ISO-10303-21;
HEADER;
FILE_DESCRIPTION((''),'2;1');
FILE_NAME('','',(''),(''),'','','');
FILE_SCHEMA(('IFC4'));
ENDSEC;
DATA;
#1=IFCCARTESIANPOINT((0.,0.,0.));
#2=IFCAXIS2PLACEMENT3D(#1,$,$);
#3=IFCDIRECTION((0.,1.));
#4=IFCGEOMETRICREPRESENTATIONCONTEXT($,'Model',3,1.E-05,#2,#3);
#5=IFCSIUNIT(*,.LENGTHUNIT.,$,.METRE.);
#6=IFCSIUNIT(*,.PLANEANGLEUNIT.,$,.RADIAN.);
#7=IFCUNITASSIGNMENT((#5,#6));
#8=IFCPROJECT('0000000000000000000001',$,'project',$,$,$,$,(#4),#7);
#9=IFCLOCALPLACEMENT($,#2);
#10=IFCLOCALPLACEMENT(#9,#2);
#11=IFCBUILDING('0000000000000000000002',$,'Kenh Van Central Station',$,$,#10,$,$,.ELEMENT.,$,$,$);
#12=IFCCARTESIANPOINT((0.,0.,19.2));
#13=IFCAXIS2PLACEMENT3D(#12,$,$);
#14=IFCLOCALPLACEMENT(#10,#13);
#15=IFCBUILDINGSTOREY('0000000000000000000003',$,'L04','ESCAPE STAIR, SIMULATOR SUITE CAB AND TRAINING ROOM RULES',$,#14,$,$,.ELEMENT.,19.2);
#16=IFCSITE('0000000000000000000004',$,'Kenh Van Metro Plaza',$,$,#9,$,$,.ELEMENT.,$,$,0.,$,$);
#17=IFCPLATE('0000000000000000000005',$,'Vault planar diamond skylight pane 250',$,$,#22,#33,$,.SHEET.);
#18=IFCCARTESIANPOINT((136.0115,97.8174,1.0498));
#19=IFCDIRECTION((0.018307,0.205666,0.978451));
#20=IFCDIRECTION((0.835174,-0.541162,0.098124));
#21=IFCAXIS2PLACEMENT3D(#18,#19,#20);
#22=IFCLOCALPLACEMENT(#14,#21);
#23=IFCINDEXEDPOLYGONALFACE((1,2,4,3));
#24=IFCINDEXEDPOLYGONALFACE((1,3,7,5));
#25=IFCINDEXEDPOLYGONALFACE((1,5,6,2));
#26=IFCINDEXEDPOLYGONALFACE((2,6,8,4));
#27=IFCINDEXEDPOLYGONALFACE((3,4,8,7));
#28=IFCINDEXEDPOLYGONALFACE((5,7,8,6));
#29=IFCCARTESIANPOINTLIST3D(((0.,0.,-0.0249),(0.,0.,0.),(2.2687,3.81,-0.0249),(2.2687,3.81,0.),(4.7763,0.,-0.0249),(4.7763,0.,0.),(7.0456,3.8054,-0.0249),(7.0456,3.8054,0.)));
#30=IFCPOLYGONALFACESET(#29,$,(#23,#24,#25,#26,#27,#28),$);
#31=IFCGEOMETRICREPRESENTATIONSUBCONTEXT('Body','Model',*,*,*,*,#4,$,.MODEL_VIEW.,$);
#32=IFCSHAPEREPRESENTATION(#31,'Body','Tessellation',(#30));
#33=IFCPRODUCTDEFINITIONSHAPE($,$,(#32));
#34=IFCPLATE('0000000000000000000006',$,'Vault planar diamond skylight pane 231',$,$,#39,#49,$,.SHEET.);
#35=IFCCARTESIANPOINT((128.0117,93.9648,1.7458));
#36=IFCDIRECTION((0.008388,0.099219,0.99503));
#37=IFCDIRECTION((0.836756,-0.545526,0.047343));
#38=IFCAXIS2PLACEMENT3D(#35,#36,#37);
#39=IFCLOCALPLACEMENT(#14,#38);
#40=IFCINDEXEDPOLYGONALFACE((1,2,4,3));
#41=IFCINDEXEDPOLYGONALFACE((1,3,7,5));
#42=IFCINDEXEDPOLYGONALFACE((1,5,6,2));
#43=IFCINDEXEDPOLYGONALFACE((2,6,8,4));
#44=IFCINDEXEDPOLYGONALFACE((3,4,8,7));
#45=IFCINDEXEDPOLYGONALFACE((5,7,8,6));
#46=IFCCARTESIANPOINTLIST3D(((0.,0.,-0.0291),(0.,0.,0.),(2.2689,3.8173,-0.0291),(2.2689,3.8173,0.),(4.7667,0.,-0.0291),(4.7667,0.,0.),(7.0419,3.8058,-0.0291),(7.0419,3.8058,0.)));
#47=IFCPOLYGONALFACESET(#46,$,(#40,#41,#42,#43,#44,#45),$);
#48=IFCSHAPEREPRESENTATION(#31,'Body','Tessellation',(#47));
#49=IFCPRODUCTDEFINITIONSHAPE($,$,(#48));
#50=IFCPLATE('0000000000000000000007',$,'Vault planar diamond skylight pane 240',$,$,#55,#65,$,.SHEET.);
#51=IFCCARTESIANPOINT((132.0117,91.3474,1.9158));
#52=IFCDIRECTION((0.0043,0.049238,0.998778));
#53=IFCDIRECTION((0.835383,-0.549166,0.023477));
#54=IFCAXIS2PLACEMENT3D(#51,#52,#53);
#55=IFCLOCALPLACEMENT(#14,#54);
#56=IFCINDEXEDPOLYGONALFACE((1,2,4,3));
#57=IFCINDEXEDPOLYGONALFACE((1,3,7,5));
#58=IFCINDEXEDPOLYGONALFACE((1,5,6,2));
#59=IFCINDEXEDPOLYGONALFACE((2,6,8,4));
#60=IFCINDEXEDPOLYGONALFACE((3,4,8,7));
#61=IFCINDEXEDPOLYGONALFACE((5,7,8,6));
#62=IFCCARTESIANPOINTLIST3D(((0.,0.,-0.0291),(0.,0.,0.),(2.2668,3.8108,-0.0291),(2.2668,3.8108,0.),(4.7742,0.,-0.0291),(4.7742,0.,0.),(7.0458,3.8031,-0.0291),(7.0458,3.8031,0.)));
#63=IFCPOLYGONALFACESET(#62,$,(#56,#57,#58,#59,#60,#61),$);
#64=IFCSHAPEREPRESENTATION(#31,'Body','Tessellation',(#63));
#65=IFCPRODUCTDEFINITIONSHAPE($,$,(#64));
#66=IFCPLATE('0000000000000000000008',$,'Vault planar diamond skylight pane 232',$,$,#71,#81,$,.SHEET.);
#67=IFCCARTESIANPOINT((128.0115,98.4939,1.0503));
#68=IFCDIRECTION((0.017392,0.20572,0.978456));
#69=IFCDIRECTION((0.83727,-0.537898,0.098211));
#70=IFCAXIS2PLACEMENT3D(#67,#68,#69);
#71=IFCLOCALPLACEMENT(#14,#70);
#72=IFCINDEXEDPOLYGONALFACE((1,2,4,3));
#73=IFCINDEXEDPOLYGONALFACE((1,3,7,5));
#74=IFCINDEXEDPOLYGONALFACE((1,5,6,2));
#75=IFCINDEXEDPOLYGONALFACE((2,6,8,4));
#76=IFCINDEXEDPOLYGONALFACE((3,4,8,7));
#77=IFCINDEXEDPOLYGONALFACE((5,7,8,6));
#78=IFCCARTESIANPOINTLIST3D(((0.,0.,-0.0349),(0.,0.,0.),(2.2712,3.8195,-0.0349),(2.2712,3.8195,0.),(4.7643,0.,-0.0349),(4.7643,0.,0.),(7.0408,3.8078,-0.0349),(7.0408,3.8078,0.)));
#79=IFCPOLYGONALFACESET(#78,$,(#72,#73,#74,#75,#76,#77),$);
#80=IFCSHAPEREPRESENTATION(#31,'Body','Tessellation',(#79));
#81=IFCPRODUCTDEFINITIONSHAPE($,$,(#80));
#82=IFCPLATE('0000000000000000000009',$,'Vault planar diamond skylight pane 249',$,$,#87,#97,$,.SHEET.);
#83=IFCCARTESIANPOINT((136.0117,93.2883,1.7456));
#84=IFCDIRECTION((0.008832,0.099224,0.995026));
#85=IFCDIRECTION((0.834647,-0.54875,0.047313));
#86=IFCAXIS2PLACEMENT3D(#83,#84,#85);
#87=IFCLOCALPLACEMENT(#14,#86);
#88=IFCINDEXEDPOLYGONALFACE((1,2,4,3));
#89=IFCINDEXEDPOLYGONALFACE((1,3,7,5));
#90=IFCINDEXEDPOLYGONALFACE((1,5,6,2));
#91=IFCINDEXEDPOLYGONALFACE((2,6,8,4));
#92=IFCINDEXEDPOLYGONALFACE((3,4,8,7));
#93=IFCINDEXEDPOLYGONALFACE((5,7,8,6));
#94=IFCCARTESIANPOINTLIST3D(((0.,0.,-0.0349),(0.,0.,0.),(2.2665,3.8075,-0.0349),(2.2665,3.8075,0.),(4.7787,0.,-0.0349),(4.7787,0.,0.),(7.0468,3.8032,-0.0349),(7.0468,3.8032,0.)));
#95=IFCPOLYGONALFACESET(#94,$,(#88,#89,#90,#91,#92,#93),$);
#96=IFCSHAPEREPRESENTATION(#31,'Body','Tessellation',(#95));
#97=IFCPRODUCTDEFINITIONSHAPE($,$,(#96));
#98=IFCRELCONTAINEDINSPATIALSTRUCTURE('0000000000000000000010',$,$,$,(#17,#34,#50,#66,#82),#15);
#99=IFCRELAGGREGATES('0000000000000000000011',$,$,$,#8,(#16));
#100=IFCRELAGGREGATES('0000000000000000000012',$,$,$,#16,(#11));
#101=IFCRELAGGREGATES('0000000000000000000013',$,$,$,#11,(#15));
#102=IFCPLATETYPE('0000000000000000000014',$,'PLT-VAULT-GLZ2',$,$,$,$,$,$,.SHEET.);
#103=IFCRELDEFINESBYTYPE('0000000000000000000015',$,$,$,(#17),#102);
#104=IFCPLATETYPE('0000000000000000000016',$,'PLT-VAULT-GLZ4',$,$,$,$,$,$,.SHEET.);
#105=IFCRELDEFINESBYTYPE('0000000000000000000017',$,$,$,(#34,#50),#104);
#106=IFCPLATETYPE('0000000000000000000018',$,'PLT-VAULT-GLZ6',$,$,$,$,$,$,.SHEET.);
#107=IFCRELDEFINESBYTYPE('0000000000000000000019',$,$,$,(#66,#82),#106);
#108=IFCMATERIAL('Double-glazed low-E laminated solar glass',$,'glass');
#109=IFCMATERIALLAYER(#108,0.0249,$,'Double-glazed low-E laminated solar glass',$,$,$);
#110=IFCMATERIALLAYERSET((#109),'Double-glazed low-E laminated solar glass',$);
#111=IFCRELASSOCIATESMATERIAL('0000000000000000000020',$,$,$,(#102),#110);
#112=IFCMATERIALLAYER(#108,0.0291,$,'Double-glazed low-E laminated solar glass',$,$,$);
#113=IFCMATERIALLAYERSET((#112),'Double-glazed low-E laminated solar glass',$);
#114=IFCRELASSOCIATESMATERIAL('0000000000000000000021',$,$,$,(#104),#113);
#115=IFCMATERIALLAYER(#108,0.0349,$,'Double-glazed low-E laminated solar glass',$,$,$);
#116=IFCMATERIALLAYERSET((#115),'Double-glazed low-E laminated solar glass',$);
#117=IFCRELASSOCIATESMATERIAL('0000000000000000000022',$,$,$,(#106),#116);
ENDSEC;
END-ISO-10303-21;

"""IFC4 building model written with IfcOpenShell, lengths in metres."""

from ifc_helpers import new_model, si_unit, direction, frame, origin, place, context, subcontext, project, spatial, polyline, outline, extrude, material, layer, layer_set, type_object, element, save


model = new_model("IFC4")

# Units and contexts
model_context = context("Model", 3, precision=1e-05, world=origin(), true_north=direction((0.0, 1.0)))
body_context = subcontext(model_context, "Body", "Model", "MODEL_VIEW")
ifc_project = project(units=[si_unit("LENGTHUNIT", "METRE"), si_unit("PLANEANGLEUNIT", "RADIAN")], contexts=[model_context])

# Site, building, storey
site_placement = place(None, origin())
site = spatial("IfcSite", under=ifc_project, at=site_placement, Name="Kenh Van Metro Plaza", CompositionType="ELEMENT", RefElevation=0.0)
building_placement = place(site_placement, origin())
building = spatial("IfcBuilding", under=site, at=building_placement, Name="Kenh Van Central Station", CompositionType="ELEMENT")
storey_placement = place(building_placement, frame((0.0, 0.0, 19.2)))
storey = spatial("IfcBuildingStorey", under=building, at=storey_placement, Name="L04", Description="ESCAPE STAIR, SIMULATOR SUITE CAB AND TRAINING ROOM RULES", CompositionType="ELEMENT", Elevation=19.2)

# Plates
ifc_material_1 = material(Name="Double-glazed low-E laminated solar glass", Category="glass")
ifc_layer_1 = layer(ifc_material_1, 0.0249, Name="Double-glazed low-E laminated solar glass")
ifc_layer_set_1 = layer_set([ifc_layer_1], Name="Double-glazed low-E laminated solar glass")
plate_type_1 = type_object("IfcPlateType", Name="PLT-VAULT-GLZ2", PredefinedType="SHEET", material=ifc_layer_set_1)
plate_1_placement = place(storey_placement, frame((136.0115, 97.8174, 1.0498), z_axis=(0.018307, 0.205666, 0.978451), x_axis=(0.835174, -0.541162, 0.098124)))
element("IfcPlate", 1, at=plate_1_placement, inside=storey, type_object=plate_type_1, Name="Vault planar diamond skylight pane 250", PredefinedType="SHEET", context=body_context, shape_type="SweptSolid", body=[
    extrude(outline(polyline([(0.0, 0.0), (4.7763, 0.0), (7.0456, 3.8054), (2.2687, 3.81), (0.0, 0.0)])), origin(), (0.0, 0.0, -1.0), 0.0249),
])
ifc_layer_2 = layer(ifc_material_1, 0.0291, Name="Double-glazed low-E laminated solar glass")
ifc_layer_set_2 = layer_set([ifc_layer_2], Name="Double-glazed low-E laminated solar glass")
plate_type_2 = type_object("IfcPlateType", Name="PLT-VAULT-GLZ4", PredefinedType="SHEET", material=ifc_layer_set_2)
plate_2_placement = place(storey_placement, frame((128.0117, 93.9648, 1.7458), z_axis=(0.008388, 0.099219, 0.99503), x_axis=(0.836756, -0.545526, 0.047343)))
element("IfcPlate", 2, at=plate_2_placement, inside=storey, type_object=plate_type_2, Name="Vault planar diamond skylight pane 231", PredefinedType="SHEET", context=body_context, shape_type="SweptSolid", body=[
    extrude(outline(polyline([(0.0, 0.0), (4.7667, 0.0), (7.0419, 3.8058), (2.2689, 3.8173), (0.0, 0.0)])), origin(), (0.0, 0.0, -1.0), 0.0291),
])
plate_3_placement = place(storey_placement, frame((132.0117, 91.3474, 1.9158), z_axis=(0.0043, 0.049238, 0.998778), x_axis=(0.835383, -0.549166, 0.023477)))
element("IfcPlate", 3, at=plate_3_placement, inside=storey, type_object=plate_type_2, Name="Vault planar diamond skylight pane 240", PredefinedType="SHEET", context=body_context, shape_type="SweptSolid", body=[
    extrude(outline(polyline([(0.0, 0.0), (4.7742, 0.0), (7.0458, 3.8031), (2.2668, 3.8108), (0.0, 0.0)])), origin(), (0.0, 0.0, -1.0), 0.0291),
])
ifc_layer_3 = layer(ifc_material_1, 0.0349, Name="Double-glazed low-E laminated solar glass")
ifc_layer_set_3 = layer_set([ifc_layer_3], Name="Double-glazed low-E laminated solar glass")
plate_type_3 = type_object("IfcPlateType", Name="PLT-VAULT-GLZ6", PredefinedType="SHEET", material=ifc_layer_set_3)
plate_4_placement = place(storey_placement, frame((128.0115, 98.4939, 1.0503), z_axis=(0.017392, 0.20572, 0.978456), x_axis=(0.83727, -0.537898, 0.098211)))
element("IfcPlate", 4, at=plate_4_placement, inside=storey, type_object=plate_type_3, Name="Vault planar diamond skylight pane 232", PredefinedType="SHEET", context=body_context, shape_type="SweptSolid", body=[
    extrude(outline(polyline([(0.0, 0.0), (4.7643, 0.0), (7.0408, 3.8078), (2.2712, 3.8195), (0.0, 0.0)])), origin(), (0.0, 0.0, -1.0), 0.0349),
])
plate_5_placement = place(storey_placement, frame((136.0117, 93.2883, 1.7456), z_axis=(0.008832, 0.099224, 0.995026), x_axis=(0.834647, -0.54875, 0.047313)))
element("IfcPlate", 5, at=plate_5_placement, inside=storey, type_object=plate_type_3, Name="Vault planar diamond skylight pane 249", PredefinedType="SHEET", context=body_context, shape_type="SweptSolid", body=[
    extrude(outline(polyline([(0.0, 0.0), (4.7787, 0.0), (7.0468, 3.8032), (2.2665, 3.8075), (0.0, 0.0)])), origin(), (0.0, 0.0, -1.0), 0.0349),
])

save(model, "model.ifc")
